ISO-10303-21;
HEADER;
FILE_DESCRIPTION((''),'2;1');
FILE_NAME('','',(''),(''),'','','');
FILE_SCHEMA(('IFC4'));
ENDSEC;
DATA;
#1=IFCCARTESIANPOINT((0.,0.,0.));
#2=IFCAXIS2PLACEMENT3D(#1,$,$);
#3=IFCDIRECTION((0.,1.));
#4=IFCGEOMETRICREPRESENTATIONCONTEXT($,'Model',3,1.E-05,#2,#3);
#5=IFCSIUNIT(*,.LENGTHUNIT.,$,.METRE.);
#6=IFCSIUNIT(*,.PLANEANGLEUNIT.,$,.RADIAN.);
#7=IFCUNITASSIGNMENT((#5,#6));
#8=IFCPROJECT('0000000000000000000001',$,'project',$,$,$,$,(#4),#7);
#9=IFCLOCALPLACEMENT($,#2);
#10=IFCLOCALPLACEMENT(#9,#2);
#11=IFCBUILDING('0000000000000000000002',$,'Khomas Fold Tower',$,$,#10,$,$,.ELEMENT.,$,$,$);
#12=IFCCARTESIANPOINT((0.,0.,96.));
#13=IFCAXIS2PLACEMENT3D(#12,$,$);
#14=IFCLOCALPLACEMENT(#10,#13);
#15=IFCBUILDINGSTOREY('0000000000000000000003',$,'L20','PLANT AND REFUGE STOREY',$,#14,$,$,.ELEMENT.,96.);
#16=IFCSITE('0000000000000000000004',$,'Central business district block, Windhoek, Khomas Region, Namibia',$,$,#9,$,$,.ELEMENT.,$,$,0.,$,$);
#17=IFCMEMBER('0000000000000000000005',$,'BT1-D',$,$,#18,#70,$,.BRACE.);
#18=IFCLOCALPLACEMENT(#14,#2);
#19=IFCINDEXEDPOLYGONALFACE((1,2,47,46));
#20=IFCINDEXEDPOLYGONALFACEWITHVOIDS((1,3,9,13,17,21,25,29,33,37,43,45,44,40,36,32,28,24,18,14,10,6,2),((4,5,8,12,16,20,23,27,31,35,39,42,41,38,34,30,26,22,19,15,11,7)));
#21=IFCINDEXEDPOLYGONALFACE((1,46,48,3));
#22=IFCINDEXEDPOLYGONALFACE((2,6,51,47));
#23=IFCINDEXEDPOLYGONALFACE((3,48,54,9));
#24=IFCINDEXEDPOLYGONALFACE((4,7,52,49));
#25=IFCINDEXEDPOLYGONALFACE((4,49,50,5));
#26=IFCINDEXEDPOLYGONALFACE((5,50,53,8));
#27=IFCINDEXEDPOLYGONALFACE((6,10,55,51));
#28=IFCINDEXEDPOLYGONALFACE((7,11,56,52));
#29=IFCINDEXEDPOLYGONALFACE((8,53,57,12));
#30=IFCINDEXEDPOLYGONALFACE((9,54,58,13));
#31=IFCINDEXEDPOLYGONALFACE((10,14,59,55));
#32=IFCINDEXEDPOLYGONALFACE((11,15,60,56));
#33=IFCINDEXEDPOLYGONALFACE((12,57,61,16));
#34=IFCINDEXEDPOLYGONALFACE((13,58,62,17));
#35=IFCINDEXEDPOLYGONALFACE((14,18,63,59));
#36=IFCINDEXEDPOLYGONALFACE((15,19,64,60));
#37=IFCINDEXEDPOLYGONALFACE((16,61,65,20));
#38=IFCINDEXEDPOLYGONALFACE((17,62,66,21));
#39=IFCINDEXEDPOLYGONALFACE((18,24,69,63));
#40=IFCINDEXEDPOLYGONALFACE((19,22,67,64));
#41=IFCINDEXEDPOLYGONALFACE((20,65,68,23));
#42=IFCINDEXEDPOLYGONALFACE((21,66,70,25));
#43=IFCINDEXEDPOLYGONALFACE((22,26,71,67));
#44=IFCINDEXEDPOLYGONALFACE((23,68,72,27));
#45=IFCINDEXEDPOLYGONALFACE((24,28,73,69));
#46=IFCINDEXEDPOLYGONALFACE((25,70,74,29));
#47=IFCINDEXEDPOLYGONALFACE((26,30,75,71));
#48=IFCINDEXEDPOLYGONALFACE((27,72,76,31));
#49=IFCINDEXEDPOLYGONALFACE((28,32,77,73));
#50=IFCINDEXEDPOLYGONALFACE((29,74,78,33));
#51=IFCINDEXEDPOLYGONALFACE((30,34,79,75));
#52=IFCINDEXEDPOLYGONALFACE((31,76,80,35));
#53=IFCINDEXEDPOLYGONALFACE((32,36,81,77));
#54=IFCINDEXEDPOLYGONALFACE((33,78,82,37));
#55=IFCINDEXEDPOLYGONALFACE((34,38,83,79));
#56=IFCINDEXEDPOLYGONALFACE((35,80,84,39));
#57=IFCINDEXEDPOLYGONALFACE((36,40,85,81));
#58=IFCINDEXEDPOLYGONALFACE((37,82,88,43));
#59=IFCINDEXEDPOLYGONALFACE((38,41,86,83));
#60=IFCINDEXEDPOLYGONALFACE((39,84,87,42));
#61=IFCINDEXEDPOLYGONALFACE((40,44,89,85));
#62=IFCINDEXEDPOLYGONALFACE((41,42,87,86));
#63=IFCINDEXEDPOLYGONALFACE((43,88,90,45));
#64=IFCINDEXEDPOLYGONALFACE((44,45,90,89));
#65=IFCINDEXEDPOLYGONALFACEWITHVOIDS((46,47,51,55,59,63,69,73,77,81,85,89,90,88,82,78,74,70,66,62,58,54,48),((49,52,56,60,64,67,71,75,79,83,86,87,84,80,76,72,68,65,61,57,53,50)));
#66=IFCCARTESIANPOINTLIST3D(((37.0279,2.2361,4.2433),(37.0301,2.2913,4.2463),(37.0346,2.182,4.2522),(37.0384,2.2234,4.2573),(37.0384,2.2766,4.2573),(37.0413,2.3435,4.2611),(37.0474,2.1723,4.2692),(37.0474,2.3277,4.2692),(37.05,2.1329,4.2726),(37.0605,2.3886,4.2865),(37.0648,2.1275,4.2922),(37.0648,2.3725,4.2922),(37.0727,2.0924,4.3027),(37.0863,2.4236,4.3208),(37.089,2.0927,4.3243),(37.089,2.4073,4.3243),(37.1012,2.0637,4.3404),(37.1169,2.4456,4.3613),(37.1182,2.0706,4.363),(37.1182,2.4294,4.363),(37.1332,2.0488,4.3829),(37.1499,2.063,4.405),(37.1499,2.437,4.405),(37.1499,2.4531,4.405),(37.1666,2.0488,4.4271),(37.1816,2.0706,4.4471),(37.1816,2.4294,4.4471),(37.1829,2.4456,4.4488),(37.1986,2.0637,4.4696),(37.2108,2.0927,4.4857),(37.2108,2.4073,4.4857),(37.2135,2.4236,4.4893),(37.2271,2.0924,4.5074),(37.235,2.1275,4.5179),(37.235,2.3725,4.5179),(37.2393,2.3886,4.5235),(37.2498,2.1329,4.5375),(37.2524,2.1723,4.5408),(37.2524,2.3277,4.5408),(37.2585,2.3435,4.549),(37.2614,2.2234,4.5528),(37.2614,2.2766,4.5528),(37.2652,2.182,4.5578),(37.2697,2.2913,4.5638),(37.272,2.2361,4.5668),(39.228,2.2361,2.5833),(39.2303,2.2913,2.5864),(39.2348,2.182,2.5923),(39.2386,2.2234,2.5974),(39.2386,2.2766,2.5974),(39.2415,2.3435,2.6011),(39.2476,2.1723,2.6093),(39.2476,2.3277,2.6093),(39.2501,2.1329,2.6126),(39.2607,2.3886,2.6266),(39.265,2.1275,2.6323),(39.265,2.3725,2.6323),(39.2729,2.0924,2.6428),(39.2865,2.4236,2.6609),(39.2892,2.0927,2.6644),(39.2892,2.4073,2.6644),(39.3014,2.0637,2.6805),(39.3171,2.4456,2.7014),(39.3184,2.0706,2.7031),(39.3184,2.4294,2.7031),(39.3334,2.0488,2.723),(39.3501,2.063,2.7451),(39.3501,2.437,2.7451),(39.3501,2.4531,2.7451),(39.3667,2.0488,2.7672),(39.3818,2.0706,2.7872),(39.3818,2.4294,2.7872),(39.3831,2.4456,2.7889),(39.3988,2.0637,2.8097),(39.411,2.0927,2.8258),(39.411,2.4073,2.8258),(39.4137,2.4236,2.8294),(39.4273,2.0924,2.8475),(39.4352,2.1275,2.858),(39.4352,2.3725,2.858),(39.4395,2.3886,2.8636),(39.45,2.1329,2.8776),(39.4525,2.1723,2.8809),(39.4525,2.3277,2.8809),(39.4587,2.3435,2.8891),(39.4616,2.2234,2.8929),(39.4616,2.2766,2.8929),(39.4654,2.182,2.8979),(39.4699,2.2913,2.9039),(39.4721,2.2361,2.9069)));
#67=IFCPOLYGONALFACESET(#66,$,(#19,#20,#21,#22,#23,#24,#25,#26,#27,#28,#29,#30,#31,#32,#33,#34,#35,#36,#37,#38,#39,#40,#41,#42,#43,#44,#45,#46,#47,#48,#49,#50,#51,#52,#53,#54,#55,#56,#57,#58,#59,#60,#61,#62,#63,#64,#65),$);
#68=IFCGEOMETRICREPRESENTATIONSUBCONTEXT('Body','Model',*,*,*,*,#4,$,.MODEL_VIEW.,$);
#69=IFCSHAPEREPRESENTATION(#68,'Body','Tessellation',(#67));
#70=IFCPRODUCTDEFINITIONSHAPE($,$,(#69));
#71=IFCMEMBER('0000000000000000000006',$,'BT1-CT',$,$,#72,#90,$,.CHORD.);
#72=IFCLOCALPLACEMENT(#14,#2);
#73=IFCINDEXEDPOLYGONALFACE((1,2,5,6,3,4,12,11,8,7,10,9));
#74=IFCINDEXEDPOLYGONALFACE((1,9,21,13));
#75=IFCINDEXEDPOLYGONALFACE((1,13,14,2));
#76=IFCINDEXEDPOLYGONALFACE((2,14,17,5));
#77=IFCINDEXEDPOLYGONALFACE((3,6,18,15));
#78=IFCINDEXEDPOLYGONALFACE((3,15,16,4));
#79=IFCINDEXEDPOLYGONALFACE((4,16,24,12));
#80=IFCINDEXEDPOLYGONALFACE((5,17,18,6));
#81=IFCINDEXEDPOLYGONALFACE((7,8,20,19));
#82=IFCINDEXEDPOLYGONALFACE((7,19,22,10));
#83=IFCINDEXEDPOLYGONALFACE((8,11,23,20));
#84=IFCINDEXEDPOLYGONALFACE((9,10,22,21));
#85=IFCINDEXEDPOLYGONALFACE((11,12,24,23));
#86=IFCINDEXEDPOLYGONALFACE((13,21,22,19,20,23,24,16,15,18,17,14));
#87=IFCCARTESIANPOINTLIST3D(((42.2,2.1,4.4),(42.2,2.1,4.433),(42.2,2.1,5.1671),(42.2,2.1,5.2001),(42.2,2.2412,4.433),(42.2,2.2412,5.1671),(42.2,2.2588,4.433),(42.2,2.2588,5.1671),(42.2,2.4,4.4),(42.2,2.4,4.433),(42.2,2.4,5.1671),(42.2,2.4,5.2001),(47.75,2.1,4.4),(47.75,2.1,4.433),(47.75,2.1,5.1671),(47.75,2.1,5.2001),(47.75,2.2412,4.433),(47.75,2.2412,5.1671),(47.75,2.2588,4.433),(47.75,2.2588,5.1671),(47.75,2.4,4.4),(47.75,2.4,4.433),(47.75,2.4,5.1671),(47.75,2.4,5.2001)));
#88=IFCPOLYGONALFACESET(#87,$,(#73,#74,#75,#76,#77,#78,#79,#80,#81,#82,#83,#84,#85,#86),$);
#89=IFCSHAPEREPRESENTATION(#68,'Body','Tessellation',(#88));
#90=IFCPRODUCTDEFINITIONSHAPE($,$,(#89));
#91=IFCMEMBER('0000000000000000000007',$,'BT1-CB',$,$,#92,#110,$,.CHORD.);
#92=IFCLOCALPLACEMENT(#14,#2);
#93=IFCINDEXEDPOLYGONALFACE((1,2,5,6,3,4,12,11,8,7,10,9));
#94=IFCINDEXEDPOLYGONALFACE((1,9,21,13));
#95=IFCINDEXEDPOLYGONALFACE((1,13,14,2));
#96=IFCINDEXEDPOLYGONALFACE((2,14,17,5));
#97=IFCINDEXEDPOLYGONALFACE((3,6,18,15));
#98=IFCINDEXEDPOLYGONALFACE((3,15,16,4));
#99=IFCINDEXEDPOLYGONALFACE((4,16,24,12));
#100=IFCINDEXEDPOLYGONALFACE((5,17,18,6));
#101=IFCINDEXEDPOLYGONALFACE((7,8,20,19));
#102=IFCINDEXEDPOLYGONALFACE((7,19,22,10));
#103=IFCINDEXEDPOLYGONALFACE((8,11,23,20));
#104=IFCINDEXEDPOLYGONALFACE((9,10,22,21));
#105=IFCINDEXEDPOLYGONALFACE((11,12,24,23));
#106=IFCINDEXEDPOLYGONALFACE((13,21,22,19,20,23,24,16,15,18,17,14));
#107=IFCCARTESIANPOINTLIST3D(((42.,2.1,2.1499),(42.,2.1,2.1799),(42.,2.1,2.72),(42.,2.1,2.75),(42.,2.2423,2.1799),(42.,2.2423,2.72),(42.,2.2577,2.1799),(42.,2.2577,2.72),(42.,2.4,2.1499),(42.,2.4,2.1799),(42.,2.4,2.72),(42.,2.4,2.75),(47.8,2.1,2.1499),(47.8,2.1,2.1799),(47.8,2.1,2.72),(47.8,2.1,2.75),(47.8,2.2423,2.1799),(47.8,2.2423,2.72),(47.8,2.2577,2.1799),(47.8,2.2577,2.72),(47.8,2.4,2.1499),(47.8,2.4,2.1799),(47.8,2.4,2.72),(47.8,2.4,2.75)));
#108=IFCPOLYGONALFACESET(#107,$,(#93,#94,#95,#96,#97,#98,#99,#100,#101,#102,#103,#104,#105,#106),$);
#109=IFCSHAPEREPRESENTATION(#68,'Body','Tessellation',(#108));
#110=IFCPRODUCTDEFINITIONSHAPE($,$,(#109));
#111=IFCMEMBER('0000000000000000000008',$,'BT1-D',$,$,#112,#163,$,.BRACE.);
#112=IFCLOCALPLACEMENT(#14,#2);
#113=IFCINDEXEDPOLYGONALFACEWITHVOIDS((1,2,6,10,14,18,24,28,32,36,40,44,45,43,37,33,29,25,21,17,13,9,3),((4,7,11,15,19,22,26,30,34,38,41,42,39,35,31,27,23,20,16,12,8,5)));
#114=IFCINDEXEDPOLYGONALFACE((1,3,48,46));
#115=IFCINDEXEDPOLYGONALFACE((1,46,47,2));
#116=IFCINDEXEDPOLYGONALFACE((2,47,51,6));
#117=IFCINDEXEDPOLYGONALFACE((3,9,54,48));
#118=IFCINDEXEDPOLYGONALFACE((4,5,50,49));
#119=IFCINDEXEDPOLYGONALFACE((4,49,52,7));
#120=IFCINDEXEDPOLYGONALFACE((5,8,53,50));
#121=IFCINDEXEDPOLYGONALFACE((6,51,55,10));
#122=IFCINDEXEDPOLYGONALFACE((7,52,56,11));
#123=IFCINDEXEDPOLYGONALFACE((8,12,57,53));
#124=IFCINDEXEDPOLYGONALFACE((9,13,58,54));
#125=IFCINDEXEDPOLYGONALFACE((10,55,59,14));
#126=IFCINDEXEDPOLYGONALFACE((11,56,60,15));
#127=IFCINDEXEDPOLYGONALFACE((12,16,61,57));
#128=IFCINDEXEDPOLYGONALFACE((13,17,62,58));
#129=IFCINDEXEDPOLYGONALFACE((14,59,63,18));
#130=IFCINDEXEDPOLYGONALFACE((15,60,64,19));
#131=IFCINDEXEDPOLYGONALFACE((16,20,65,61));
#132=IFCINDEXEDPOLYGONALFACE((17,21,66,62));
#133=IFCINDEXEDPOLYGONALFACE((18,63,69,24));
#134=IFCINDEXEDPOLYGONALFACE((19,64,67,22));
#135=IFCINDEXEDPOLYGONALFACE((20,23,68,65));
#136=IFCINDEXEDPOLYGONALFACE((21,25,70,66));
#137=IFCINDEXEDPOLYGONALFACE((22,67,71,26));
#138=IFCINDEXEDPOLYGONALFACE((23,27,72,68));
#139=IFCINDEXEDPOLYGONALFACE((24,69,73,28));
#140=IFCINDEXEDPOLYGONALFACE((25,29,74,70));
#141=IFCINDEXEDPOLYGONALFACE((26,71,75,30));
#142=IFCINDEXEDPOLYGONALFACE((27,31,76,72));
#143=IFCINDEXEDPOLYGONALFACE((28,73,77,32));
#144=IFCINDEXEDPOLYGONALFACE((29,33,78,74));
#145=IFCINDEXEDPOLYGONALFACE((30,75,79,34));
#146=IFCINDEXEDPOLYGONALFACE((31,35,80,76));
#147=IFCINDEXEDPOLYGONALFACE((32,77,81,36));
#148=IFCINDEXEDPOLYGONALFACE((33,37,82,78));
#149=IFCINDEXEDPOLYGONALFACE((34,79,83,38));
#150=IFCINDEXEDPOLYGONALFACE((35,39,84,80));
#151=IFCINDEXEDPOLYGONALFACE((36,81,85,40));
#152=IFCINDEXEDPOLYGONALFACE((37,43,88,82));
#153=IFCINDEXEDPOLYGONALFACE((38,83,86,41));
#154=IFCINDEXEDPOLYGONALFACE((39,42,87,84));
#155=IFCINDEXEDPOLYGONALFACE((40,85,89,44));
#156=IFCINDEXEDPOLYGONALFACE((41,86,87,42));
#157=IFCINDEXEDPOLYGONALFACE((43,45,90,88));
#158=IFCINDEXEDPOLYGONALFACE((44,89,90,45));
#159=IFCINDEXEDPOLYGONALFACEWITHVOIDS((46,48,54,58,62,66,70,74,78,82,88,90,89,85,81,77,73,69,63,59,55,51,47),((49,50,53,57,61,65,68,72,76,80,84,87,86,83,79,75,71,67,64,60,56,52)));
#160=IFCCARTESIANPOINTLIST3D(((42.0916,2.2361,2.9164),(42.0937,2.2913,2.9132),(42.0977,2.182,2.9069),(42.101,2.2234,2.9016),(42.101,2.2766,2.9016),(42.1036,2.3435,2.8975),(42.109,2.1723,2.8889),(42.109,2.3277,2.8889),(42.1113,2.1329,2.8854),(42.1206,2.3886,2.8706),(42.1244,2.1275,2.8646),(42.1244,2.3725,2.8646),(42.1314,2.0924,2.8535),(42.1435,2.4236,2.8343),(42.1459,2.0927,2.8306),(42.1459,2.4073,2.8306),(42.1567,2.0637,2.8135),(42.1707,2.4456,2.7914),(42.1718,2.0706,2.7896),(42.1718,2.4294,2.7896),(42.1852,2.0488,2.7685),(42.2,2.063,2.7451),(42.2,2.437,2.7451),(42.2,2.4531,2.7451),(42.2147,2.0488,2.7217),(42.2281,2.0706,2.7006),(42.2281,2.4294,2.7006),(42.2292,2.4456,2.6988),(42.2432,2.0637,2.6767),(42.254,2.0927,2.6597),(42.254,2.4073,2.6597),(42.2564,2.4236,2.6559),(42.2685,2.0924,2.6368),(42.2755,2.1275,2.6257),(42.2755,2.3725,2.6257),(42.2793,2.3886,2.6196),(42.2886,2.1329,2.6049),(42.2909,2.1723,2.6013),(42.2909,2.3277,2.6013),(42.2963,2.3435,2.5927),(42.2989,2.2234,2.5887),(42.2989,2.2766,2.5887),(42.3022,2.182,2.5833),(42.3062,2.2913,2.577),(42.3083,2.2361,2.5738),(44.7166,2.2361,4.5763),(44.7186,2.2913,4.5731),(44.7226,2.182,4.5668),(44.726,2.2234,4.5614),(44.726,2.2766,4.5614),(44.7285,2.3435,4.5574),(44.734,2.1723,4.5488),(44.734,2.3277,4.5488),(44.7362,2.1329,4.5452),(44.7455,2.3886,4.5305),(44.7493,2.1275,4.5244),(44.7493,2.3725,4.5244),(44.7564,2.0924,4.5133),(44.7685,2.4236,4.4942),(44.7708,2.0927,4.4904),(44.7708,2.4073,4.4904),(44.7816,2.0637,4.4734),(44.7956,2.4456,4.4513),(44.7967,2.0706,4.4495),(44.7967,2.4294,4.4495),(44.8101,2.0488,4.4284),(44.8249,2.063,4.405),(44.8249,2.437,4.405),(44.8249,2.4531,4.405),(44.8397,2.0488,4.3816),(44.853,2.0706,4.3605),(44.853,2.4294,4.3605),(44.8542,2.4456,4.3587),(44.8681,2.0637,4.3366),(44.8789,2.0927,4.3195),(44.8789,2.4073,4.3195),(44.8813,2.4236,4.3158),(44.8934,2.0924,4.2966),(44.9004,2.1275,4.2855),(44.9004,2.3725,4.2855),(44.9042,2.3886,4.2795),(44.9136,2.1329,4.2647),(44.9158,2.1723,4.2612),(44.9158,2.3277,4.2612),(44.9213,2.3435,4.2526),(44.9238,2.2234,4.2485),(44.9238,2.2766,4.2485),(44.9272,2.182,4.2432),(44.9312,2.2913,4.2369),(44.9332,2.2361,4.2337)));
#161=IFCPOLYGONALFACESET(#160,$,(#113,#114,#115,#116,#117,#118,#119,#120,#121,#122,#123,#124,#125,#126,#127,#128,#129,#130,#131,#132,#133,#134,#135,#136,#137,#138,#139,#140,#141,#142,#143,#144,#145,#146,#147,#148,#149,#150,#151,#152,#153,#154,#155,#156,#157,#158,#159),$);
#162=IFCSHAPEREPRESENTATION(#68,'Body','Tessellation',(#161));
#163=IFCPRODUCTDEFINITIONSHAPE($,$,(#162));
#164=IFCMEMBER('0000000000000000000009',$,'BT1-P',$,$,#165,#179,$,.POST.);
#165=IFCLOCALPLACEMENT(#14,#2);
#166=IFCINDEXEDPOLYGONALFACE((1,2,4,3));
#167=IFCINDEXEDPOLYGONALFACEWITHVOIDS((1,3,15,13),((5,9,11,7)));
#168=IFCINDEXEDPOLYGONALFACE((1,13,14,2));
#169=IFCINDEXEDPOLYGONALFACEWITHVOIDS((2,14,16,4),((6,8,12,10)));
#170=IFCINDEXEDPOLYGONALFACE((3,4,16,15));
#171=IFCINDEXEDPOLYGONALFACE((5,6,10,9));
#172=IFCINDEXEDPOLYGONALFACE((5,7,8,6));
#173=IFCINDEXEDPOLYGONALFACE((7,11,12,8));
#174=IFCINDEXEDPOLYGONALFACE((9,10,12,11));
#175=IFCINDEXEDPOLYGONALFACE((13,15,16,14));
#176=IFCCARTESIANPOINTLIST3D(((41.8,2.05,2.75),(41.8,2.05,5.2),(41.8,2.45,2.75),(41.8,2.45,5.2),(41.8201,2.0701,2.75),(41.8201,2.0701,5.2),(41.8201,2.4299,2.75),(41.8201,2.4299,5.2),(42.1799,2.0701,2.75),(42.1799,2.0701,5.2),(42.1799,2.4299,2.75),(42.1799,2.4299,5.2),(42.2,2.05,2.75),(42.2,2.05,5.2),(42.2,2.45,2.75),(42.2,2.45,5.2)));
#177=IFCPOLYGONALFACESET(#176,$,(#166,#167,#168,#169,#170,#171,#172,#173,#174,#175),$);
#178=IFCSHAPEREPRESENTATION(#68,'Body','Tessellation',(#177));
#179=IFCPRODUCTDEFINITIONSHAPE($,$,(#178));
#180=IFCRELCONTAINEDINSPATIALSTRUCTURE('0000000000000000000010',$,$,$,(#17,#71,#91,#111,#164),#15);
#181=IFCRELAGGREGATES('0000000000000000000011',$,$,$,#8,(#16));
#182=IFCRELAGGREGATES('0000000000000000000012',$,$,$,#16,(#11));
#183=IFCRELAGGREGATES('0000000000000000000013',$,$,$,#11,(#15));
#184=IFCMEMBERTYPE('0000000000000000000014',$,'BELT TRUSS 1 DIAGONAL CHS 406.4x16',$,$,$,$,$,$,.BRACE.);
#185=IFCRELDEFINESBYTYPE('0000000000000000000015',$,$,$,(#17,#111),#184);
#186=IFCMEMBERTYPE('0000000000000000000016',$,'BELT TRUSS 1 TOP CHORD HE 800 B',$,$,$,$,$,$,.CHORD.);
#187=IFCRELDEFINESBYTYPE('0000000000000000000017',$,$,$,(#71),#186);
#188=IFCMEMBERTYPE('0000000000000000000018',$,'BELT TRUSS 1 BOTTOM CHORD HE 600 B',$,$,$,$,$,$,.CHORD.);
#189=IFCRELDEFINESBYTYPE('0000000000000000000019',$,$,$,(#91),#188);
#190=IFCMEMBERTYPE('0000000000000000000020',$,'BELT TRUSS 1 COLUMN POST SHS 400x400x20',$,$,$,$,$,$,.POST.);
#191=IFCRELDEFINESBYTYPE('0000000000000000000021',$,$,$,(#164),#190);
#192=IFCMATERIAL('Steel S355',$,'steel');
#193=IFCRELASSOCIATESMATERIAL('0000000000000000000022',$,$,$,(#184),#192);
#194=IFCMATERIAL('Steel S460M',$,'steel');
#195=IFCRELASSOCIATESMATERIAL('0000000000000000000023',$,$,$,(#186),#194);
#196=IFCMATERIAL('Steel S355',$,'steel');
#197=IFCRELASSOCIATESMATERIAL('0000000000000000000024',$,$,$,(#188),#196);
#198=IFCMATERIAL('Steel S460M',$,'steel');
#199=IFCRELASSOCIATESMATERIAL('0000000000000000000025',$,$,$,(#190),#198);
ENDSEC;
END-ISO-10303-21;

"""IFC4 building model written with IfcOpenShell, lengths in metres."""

from ifc_helpers import new_model, si_unit, direction, frame, origin, origin_2d, place, context, subcontext, project, spatial, hollow_rectangle, hollow_circle, i_section, extrude, source, transform, mapped, material, material_profile, profile_set, type_object, element, save


model = new_model("IFC4")

# Units and contexts
model_context = context("Model", 3, precision=1e-05, world=origin(), true_north=direction((0.0, 1.0)))
body_context = subcontext(model_context, "Body", "Model", "MODEL_VIEW")
ifc_project = project(units=[si_unit("LENGTHUNIT", "METRE"), si_unit("PLANEANGLEUNIT", "RADIAN")], contexts=[model_context])

# Site, building, storey
site_placement = place(None, origin())
site = spatial("IfcSite", under=ifc_project, at=site_placement, Name="Central business district block, Windhoek, Khomas Region, Namibia", CompositionType="ELEMENT", RefElevation=0.0)
building_placement = place(site_placement, origin())
building = spatial("IfcBuilding", under=site, at=building_placement, Name="Khomas Fold Tower", CompositionType="ELEMENT")
storey_placement = place(building_placement, frame((0.0, 0.0, 96.0)))
storey = spatial("IfcBuildingStorey", under=building, at=storey_placement, Name="L20", Description="PLANT AND REFUGE STOREY", CompositionType="ELEMENT", Elevation=96.0)

# Members
ifc_material_1 = material(Name="Steel S355", Category="steel")
ifc_material_profile_1 = material_profile(ifc_material_1, hollow_circle(Radius=0.2031, WallThickness=0.0161, at=origin_2d()), Name="CHS 406.4x16")
ifc_profile_set_1 = profile_set([ifc_material_profile_1], Name="Steel S355")
member_type_1 = type_object("IfcMemberType", Name="BELT TRUSS 1 DIAGONAL CHS 406.4x16", PredefinedType="BRACE", material=ifc_profile_set_1)
shared_shape_1 = source(origin(), body_context, "Body", "SweptSolid", [
    extrude(hollow_circle(Radius=0.2031, WallThickness=0.0161, at=origin_2d()), origin(), (0.0, 0.0, 1.0), 2.7561),
])
member_1_placement = place(storey_placement, frame((37.1499, 2.25, 4.405), z_axis=(0.798296, 0.0, -0.602265), x_axis=(0.0, 1.0, 0.0)))
element("IfcMember", 1, at=member_1_placement, inside=storey, type_object=member_type_1, Name="BT1-D", PredefinedType="BRACE", context=body_context, shape_type="MappedRepresentation", body=[
    mapped(shared_shape_1, transform((0.0, 0.0, 0.0))),
])
ifc_material_2 = material(Name="Steel S460M", Category="steel")
ifc_material_profile_2 = material_profile(ifc_material_2, i_section(OverallWidth=0.3, OverallDepth=0.8, WebThickness=0.0176, FlangeThickness=0.033, at=origin_2d()), Name="HE 800 B")
ifc_profile_set_2 = profile_set([ifc_material_profile_2], Name="Steel S460M")
member_type_2 = type_object("IfcMemberType", Name="BELT TRUSS 1 TOP CHORD HE 800 B", PredefinedType="CHORD", material=ifc_profile_set_2)
shared_shape_2 = source(origin(), body_context, "Body", "SweptSolid", [
    extrude(i_section(OverallWidth=0.3, OverallDepth=0.8, WebThickness=0.0176, FlangeThickness=0.033, at=origin_2d()), origin(), (0.0, 0.0, 1.0), 5.55),
])
member_2_placement = place(storey_placement, frame((42.2, 2.25, 4.8), z_axis=(1.0, 0.0, 0.0), x_axis=(0.0, 1.0, 0.0)))
element("IfcMember", 2, at=member_2_placement, inside=storey, type_object=member_type_2, Name="BT1-CT", PredefinedType="CHORD", context=body_context, shape_type="MappedRepresentation", body=[
    mapped(shared_shape_2, transform((0.0, 0.0, 0.0))),
])
ifc_material_3 = material(Name="Steel S355", Category="steel")
ifc_material_profile_3 = material_profile(ifc_material_3, i_section(OverallWidth=0.3, OverallDepth=0.6001, WebThickness=0.0154, FlangeThickness=0.03, at=origin_2d()), Name="HE 600 B")
ifc_profile_set_3 = profile_set([ifc_material_profile_3], Name="Steel S355")
member_type_3 = type_object("IfcMemberType", Name="BELT TRUSS 1 BOTTOM CHORD HE 600 B", PredefinedType="CHORD", material=ifc_profile_set_3)
shared_shape_3 = source(origin(), body_context, "Body", "SweptSolid", [
    extrude(i_section(OverallWidth=0.3, OverallDepth=0.6001, WebThickness=0.0154, FlangeThickness=0.03, at=origin_2d()), origin(), (0.0, 0.0, 1.0), 5.8),
])
member_3_placement = place(storey_placement, frame((42.0, 2.25, 2.45), z_axis=(1.0, 0.0, 0.0), x_axis=(0.0, 1.0, 0.0)))
element("IfcMember", 3, at=member_3_placement, inside=storey, type_object=member_type_3, Name="BT1-CB", PredefinedType="CHORD", context=body_context, shape_type="MappedRepresentation", body=[
    mapped(shared_shape_3, transform((0.0, 0.0, 0.0))),
])
shared_shape_4 = source(origin(), body_context, "Body", "SweptSolid", [
    extrude(hollow_circle(Radius=0.2031, WallThickness=0.0161, at=origin_2d()), origin(), (0.0, 0.0, 1.0), 3.1057),
])
member_4_placement = place(storey_placement, frame((42.2, 2.25, 2.7451), z_axis=(0.845196, 0.0, 0.534457), x_axis=(0.0, 1.0, 0.0)))
element("IfcMember", 4, at=member_4_placement, inside=storey, type_object=member_type_1, Name="BT1-D", PredefinedType="BRACE", context=body_context, shape_type="MappedRepresentation", body=[
    mapped(shared_shape_4, transform((0.0, 0.0, 0.0))),
])
ifc_material_4 = material(Name="Steel S460M", Category="steel")
ifc_material_profile_4 = material_profile(ifc_material_4, hollow_rectangle(XDim=0.3999, YDim=0.3999, WallThickness=0.02, at=origin_2d()), Name="SHS 400x400x20")
ifc_profile_set_4 = profile_set([ifc_material_profile_4], Name="Steel S460M")
member_type_4 = type_object("IfcMemberType", Name="BELT TRUSS 1 COLUMN POST SHS 400x400x20", PredefinedType="POST", material=ifc_profile_set_4)
shared_shape_5 = source(origin(), body_context, "Body", "SweptSolid", [
    extrude(hollow_rectangle(XDim=0.3999, YDim=0.3999, WallThickness=0.02, at=origin_2d()), origin(), (0.0, 0.0, 1.0), 2.45),
])
member_5_placement = place(storey_placement, frame((42.0, 2.25, 2.75), z_axis=(0.0, 0.0, 1.0), x_axis=(1.0, 0.0, 0.0)))
element("IfcMember", 5, at=member_5_placement, inside=storey, type_object=member_type_4, Name="BT1-P", PredefinedType="POST", context=body_context, shape_type="MappedRepresentation", body=[
    mapped(shared_shape_5, transform((0.0, 0.0, 0.0))),
])

save(model, "model.ifc")
